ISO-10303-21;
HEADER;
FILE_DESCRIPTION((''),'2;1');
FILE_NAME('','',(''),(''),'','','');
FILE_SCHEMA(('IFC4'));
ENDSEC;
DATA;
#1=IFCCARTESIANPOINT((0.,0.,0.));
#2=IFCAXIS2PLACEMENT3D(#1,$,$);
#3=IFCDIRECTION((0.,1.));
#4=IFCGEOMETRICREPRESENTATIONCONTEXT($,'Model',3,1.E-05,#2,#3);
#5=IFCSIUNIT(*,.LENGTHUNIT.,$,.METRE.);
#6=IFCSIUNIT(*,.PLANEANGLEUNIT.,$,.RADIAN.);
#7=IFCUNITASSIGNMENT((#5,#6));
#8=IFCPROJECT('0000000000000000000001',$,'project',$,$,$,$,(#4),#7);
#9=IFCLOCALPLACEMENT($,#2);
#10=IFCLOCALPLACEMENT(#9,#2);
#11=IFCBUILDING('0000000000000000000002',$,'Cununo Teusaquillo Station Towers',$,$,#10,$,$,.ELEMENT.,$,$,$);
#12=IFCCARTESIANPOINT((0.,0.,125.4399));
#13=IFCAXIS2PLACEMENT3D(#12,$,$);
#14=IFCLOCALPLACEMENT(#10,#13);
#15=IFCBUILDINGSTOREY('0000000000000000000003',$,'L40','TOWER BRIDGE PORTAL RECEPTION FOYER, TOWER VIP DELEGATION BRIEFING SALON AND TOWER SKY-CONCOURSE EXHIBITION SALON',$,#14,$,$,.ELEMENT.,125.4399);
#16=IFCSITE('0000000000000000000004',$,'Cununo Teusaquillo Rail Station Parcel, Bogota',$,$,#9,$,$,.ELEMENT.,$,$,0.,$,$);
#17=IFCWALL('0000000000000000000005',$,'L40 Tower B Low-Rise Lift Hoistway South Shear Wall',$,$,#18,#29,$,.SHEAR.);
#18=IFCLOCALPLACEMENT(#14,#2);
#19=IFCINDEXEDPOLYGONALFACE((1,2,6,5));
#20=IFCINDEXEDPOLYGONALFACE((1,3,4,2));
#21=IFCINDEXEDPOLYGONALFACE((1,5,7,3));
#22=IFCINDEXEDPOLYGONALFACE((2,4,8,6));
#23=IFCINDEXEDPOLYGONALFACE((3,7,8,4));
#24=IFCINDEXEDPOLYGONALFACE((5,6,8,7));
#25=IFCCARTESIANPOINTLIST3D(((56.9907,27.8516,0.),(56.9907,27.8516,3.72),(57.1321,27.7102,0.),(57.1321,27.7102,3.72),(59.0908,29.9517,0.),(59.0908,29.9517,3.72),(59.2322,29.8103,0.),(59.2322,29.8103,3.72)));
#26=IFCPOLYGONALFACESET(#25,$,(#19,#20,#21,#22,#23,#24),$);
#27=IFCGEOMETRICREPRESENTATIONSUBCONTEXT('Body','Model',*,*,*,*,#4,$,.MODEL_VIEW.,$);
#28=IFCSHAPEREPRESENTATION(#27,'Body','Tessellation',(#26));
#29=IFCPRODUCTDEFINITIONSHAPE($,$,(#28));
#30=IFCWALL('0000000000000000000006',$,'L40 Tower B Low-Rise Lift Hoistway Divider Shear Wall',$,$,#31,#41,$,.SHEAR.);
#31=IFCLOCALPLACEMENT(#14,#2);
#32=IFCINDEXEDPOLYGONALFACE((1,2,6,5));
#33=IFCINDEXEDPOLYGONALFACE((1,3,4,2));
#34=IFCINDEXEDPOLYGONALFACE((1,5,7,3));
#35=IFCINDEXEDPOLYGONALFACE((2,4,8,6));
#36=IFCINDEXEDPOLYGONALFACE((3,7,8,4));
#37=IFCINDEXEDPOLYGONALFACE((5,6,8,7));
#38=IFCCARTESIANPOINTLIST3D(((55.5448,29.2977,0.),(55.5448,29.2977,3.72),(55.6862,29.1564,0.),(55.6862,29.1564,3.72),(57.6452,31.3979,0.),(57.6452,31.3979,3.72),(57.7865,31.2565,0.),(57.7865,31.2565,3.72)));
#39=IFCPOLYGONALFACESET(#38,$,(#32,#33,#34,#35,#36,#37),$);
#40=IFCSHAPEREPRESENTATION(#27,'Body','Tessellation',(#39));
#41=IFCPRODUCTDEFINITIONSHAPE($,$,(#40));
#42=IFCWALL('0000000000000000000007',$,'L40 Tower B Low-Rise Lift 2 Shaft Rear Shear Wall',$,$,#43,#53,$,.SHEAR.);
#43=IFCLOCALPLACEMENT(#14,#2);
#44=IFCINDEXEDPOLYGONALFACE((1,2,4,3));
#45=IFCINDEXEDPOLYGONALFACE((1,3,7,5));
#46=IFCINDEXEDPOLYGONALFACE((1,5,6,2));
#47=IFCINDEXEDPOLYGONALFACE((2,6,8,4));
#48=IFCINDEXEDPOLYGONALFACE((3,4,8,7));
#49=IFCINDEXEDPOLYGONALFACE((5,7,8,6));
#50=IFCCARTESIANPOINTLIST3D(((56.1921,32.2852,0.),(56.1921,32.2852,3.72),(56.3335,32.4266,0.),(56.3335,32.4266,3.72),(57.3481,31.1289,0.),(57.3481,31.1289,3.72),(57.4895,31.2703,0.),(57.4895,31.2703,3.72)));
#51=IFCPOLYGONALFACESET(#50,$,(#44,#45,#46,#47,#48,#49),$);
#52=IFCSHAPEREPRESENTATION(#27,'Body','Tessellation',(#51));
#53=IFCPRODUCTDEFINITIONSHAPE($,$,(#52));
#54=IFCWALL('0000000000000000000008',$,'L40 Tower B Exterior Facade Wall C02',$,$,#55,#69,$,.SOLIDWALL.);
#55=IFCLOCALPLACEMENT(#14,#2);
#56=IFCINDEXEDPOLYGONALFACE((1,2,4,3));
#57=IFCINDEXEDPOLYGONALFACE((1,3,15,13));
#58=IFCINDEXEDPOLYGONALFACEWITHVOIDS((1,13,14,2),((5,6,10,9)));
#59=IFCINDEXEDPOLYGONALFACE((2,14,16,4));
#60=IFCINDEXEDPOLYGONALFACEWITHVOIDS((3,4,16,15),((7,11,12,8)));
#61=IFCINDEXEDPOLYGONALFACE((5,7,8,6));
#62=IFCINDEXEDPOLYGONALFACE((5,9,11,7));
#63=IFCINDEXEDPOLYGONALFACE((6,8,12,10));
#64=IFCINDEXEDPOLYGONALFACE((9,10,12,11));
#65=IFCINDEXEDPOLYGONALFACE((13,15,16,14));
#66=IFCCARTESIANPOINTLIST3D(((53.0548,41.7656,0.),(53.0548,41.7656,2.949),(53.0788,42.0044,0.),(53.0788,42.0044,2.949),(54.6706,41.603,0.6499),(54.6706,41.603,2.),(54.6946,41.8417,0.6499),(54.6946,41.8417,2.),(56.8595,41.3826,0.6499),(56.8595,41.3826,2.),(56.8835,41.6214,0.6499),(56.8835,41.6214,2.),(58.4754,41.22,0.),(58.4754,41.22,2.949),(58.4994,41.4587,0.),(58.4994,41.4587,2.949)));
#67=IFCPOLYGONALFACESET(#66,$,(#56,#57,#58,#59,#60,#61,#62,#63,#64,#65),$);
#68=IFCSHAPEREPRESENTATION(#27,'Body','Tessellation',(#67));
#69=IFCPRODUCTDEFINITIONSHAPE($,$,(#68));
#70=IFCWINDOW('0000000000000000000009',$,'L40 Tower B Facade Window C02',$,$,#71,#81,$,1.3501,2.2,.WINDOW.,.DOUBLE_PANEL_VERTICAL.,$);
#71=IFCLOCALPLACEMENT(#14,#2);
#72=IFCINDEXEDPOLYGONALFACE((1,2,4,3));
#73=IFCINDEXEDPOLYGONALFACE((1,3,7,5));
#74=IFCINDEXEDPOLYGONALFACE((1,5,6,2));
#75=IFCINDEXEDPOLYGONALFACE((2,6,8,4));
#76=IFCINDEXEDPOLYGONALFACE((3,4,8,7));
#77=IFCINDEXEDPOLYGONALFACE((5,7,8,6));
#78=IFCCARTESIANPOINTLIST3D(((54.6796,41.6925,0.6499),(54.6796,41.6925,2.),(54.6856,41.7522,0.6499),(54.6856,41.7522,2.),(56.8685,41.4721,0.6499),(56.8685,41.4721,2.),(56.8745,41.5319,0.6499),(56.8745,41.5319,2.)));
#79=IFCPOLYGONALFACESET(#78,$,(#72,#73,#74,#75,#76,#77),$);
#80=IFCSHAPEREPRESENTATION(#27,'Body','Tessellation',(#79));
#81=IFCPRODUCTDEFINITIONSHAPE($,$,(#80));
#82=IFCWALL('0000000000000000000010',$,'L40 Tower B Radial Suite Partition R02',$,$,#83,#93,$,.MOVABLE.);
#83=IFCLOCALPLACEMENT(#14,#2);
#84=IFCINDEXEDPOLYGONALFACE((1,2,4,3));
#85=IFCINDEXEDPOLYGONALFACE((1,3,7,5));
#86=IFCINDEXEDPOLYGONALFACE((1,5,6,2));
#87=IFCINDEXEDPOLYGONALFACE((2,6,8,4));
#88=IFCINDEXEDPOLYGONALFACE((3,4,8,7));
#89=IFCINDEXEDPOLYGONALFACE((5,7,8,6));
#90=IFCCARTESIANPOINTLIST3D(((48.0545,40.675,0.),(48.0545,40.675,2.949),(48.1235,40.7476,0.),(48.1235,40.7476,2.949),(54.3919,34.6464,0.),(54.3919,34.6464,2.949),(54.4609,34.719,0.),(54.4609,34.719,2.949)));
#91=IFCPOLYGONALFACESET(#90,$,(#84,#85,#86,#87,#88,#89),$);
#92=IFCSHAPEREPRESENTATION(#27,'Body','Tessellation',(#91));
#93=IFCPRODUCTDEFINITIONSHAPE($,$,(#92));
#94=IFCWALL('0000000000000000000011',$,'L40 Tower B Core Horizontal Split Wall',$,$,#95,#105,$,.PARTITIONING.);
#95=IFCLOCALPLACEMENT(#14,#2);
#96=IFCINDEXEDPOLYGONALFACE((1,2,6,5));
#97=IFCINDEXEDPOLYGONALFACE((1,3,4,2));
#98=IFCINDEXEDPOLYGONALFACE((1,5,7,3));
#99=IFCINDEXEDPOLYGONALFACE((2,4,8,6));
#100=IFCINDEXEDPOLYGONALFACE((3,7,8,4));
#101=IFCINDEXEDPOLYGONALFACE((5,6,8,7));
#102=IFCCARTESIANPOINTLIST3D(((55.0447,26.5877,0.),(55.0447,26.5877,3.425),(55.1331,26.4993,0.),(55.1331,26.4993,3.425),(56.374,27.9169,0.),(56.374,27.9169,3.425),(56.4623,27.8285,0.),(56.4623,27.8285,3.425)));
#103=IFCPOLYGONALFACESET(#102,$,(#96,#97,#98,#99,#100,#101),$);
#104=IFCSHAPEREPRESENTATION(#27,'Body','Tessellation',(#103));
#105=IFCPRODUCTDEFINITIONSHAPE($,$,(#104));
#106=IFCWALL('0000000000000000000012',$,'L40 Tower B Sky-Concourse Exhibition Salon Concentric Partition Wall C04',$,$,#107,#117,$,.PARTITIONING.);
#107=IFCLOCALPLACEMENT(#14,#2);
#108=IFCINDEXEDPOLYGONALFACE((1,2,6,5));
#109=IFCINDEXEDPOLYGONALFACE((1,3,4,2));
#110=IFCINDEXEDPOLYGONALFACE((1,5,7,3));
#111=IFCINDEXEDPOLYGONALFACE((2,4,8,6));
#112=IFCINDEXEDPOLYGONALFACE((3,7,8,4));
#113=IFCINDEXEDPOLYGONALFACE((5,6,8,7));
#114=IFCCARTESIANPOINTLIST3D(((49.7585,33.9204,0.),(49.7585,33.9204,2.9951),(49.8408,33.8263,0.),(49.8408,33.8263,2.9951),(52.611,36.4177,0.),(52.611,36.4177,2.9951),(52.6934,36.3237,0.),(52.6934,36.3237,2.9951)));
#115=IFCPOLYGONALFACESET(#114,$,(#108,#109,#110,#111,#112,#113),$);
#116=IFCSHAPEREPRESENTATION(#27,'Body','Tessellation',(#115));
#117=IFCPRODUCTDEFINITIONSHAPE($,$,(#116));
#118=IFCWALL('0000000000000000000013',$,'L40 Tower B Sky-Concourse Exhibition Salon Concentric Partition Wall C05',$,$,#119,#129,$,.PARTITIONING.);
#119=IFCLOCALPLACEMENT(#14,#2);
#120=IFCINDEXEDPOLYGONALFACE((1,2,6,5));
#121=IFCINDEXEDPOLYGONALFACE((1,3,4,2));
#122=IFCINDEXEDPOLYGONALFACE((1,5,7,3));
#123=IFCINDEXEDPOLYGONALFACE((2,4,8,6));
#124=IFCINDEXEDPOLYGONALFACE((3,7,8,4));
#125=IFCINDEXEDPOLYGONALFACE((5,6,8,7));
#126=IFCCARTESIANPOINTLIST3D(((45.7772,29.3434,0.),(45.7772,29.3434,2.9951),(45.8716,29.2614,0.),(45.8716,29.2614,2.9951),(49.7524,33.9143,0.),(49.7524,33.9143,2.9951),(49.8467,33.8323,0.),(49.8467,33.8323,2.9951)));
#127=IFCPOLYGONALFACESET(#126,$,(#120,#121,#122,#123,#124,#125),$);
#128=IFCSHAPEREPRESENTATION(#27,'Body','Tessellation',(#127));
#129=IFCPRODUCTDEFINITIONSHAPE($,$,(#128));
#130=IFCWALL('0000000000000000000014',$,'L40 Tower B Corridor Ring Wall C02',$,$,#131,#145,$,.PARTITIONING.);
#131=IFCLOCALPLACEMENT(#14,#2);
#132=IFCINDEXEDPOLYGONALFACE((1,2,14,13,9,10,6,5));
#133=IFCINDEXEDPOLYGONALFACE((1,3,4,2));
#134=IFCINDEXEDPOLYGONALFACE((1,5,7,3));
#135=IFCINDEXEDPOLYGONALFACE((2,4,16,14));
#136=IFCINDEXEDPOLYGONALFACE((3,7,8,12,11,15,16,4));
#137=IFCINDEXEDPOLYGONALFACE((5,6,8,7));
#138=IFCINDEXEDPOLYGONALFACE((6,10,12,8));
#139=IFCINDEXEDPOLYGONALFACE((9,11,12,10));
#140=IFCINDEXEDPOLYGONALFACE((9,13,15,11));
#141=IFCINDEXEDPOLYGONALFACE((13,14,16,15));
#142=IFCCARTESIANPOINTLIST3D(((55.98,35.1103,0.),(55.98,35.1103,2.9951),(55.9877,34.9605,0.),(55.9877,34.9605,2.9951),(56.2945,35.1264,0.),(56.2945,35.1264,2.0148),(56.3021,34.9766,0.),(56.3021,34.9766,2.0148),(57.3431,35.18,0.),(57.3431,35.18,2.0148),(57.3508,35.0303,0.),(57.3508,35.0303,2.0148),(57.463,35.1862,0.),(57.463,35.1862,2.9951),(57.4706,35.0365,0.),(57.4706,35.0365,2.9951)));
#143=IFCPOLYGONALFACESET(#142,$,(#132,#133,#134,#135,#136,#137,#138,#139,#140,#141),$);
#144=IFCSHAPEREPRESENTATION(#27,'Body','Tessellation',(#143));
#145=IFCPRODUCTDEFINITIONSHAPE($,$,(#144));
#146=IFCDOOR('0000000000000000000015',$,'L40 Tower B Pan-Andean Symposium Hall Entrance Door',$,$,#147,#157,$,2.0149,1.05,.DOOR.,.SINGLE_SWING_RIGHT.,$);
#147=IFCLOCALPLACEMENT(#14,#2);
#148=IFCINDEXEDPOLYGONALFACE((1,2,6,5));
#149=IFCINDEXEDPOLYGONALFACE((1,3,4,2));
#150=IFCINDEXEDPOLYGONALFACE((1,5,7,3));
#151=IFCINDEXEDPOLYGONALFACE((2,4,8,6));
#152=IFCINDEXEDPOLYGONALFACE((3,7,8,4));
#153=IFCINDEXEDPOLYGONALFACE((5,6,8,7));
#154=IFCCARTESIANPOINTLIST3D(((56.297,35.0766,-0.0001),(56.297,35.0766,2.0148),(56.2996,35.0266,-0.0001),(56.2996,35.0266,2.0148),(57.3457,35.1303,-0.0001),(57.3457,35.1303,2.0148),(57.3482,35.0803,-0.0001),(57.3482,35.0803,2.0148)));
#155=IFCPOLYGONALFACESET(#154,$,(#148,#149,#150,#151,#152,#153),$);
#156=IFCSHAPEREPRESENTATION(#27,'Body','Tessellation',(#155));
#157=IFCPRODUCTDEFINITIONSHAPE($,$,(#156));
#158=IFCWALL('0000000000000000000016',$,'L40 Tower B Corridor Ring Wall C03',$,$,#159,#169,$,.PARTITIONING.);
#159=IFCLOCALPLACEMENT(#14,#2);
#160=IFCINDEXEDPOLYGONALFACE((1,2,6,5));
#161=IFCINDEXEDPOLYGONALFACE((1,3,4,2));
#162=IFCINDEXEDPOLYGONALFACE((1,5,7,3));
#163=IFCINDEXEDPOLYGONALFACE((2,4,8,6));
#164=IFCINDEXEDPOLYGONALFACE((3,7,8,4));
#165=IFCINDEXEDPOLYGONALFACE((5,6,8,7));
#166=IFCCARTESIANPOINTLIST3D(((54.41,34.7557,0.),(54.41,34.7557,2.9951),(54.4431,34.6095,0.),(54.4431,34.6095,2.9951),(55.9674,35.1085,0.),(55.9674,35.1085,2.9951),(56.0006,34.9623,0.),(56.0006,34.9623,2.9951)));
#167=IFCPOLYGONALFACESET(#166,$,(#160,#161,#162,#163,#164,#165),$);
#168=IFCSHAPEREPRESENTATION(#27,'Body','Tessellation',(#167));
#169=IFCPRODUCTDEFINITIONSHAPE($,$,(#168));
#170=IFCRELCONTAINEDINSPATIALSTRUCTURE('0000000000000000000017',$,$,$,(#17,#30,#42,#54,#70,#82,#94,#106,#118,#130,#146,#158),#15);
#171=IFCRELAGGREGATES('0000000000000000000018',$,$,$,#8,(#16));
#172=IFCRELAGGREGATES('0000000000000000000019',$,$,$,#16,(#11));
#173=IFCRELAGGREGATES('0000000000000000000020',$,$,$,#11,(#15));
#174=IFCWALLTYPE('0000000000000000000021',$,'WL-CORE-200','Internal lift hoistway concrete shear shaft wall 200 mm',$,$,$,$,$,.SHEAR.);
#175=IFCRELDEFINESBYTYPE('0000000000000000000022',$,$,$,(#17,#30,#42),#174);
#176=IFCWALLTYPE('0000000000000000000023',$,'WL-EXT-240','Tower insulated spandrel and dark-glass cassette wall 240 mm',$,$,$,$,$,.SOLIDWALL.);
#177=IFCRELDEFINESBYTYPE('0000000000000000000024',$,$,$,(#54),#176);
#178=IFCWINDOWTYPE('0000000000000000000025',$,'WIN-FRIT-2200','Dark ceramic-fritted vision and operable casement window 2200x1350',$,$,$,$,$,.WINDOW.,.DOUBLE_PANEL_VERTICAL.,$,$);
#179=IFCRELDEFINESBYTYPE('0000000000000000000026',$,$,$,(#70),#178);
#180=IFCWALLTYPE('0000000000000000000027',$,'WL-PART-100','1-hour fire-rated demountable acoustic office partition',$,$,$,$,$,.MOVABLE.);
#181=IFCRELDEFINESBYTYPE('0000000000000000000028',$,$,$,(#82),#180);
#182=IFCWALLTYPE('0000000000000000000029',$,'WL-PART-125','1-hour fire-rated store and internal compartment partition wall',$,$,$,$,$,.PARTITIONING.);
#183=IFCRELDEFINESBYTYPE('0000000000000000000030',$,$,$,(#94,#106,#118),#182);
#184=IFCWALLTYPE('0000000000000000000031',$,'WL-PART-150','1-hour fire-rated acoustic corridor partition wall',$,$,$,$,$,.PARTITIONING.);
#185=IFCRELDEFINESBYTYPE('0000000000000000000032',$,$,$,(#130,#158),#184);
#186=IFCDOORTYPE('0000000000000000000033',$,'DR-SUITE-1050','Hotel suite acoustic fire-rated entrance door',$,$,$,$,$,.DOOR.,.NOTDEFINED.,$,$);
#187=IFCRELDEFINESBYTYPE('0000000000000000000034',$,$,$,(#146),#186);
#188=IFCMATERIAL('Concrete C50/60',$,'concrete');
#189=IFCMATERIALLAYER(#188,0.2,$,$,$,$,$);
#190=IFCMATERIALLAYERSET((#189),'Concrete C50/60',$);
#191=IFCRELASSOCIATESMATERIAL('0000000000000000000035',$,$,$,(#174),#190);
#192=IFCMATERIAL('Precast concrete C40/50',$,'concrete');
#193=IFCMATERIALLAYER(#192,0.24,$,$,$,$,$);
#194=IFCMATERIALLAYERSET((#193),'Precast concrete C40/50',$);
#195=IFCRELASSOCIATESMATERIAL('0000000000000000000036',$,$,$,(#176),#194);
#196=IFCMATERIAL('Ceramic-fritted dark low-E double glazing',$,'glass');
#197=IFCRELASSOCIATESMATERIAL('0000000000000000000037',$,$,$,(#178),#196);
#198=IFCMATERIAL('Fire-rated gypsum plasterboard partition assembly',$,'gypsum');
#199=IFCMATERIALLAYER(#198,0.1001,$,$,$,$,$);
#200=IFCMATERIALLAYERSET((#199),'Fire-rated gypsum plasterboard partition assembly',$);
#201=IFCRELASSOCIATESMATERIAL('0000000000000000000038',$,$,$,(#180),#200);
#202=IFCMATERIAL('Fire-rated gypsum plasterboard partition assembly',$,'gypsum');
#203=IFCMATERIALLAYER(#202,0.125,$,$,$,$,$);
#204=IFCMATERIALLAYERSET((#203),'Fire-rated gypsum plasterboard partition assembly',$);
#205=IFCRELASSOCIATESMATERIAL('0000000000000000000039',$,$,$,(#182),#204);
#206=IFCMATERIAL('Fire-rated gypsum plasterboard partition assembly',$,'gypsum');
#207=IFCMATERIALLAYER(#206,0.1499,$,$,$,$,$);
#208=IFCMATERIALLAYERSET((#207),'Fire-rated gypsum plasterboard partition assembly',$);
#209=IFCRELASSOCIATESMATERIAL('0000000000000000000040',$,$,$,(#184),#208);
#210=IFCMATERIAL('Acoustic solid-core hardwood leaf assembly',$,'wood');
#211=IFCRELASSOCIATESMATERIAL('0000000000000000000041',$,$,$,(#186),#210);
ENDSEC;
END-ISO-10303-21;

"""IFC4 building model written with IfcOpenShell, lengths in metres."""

from ifc_helpers import new_model, si_unit, direction, frame, frame_2d, origin, place, context, subcontext, project, spatial, rectangle, extrude, source, transform, mapped, material, layer, layer_set, type_object, element, fill, save


model = new_model("IFC4")

# Units and contexts
model_context = context("Model", 3, precision=1e-05, world=origin(), true_north=direction((0.0, 1.0)))
body_context = subcontext(model_context, "Body", "Model", "MODEL_VIEW")
ifc_project = project(units=[si_unit("LENGTHUNIT", "METRE"), si_unit("PLANEANGLEUNIT", "RADIAN")], contexts=[model_context])

# Site, building, storey
site_placement = place(None, origin())
site = spatial("IfcSite", under=ifc_project, at=site_placement, Name="Cununo Teusaquillo Rail Station Parcel, Bogota", CompositionType="ELEMENT", RefElevation=0.0)
building_placement = place(site_placement, origin())
building = spatial("IfcBuilding", under=site, at=building_placement, Name="Cununo Teusaquillo Station Towers", CompositionType="ELEMENT")
storey_placement = place(building_placement, frame((0.0, 0.0, 125.4399)))
storey = spatial("IfcBuildingStorey", under=building, at=storey_placement, Name="L40", Description="TOWER BRIDGE PORTAL RECEPTION FOYER, TOWER VIP DELEGATION BRIEFING SALON AND TOWER SKY-CONCOURSE EXHIBITION SALON", CompositionType="ELEMENT", Elevation=125.4399)

# Walls
ifc_material_1 = material(Name="Concrete C50/60", Category="concrete")
ifc_layer_1 = layer(ifc_material_1, 0.2)
ifc_layer_set_1 = layer_set([ifc_layer_1], Name="Concrete C50/60")
wall_type_1 = type_object("IfcWallType", Name="WL-CORE-200", Description="Internal lift hoistway concrete shear shaft wall 200 mm", PredefinedType="SHEAR", material=ifc_layer_set_1)
wall_1_placement = place(storey_placement, frame((57.0615, 27.781, 0.0), z_axis=(0.0, 0.0, 1.0), x_axis=(0.707107, 0.707107, 0.0)))
element("IfcWall", 1, at=wall_1_placement, inside=storey, type_object=wall_type_1, Name="L40 Tower B Low-Rise Lift Hoistway South Shear Wall", PredefinedType="SHEAR", context=body_context, shape_type="SweptSolid", body=[
    extrude(rectangle(XDim=2.97, YDim=0.2, at=frame_2d((1.4849, 0.0))), origin(), (0.0, 0.0, 1.0), 3.72),
])
wall_2_placement = place(storey_placement, frame((55.6155, 29.2271, 0.0), z_axis=(0.0, 0.0, 1.0), x_axis=(0.707148, 0.707066, 0.0)))
element("IfcWall", 2, at=wall_2_placement, inside=storey, type_object=wall_type_1, Name="L40 Tower B Low-Rise Lift Hoistway Divider Shear Wall", PredefinedType="SHEAR", context=body_context, shape_type="SweptSolid", body=[
    extrude(rectangle(XDim=2.9702, YDim=0.2, at=frame_2d((1.4851, 0.0))), origin(), (0.0, 0.0, 1.0), 3.72),
])
wall_3_placement = place(storey_placement, frame((57.4187, 31.1997, 0.0), z_axis=(0.0, 0.0, 1.0), x_axis=(-0.707032, 0.707181, 0.0)))
element("IfcWall", 3, at=wall_3_placement, inside=storey, type_object=wall_type_1, Name="L40 Tower B Low-Rise Lift 2 Shaft Rear Shear Wall", PredefinedType="SHEAR", context=body_context, shape_type="SweptSolid", body=[
    extrude(rectangle(XDim=1.635, YDim=0.2, at=frame_2d((0.8174, 0.0))), origin(), (0.0, 0.0, 1.0), 3.72),
])

# Wall, opening, window
ifc_material_2 = material(Name="Precast concrete C40/50", Category="concrete")
ifc_layer_2 = layer(ifc_material_2, 0.24)
ifc_layer_set_2 = layer_set([ifc_layer_2], Name="Precast concrete C40/50")
wall_type_2 = type_object("IfcWallType", Name="WL-EXT-240", Description="Tower insulated spandrel and dark-glass cassette wall 240 mm", PredefinedType="SOLIDWALL", material=ifc_layer_set_2)
wall_4_placement = place(storey_placement, frame((53.0667, 41.885, 0.0), z_axis=(0.0, 0.0, 1.0), x_axis=(0.994972, -0.100156, 0.0)))
wall_4 = element("IfcWall", 4, at=wall_4_placement, inside=storey, type_object=wall_type_2, Name="L40 Tower B Exterior Facade Wall C02", PredefinedType="SOLIDWALL", context=body_context, shape_type="SweptSolid", body=[
    extrude(rectangle(XDim=5.448, YDim=0.24, at=frame_2d((2.7241, 0.0))), origin(), (0.0, 0.0, 1.0), 2.949),
])
shared_shape_1 = source(origin(), body_context, "Body", "SweptSolid", [
    extrude(rectangle(XDim=2.2, YDim=1.3501, at=frame_2d((1.1001, 0.675))), frame((0.0, 0.1299, 0.0), z_axis=(0.0, -1.0, 0.0), x_axis=(1.0, 0.0, 0.0)), (0.0, 0.0, 1.0), 0.26),
])
opening_1_placement = place(wall_4_placement, frame((1.624, 0.0, 0.6499)))
opening_1 = element("IfcOpeningElement", 5, at=opening_1_placement, cuts=wall_4, PredefinedType="OPENING", context=body_context, shape_type="MappedRepresentation", body=[
    mapped(shared_shape_1, transform((0.0, 0.0, 0.0), x_axis=(1.0, 0.0, 0.0), y_axis=(0.0, 1.0, 0.0), z_axis=(0.0, 0.0, 1.0), scale=1.0)),
])
ifc_material_3 = material(Name="Ceramic-fritted dark low-E double glazing", Category="glass")
window_type = type_object("IfcWindowType", Name="WIN-FRIT-2200", Description="Dark ceramic-fritted vision and operable casement window 2200x1350", PartitioningType="DOUBLE_PANEL_VERTICAL", PredefinedType="WINDOW", material=ifc_material_3)
shared_shape_2 = source(origin(), body_context, "Body", "SweptSolid", [
    extrude(rectangle(XDim=2.2, YDim=1.3501, at=frame_2d((1.1001, 0.675))), frame((0.0, 0.03, 0.0), z_axis=(0.0, -1.0, 0.0), x_axis=(1.0, 0.0, 0.0)), (0.0, 0.0, 1.0), 0.0601),
])
window_placement = place(opening_1_placement, origin())
window = element("IfcWindow", 6, at=window_placement, inside=storey, type_object=window_type, Name="L40 Tower B Facade Window C02", OverallHeight=1.3501, OverallWidth=2.2, PartitioningType="DOUBLE_PANEL_VERTICAL", PredefinedType="WINDOW", context=body_context, shape_type="MappedRepresentation", body=[
    mapped(shared_shape_2, transform((0.0, 0.0, 0.0), x_axis=(1.0, 0.0, 0.0), y_axis=(0.0, 1.0, 0.0), z_axis=(0.0, 0.0, 1.0), scale=1.0)),
])
fill(opening_1, window)

# Walls
ifc_material_4 = material(Name="Fire-rated gypsum plasterboard partition assembly", Category="gypsum")
ifc_layer_3 = layer(ifc_material_4, 0.1001)
ifc_layer_set_3 = layer_set([ifc_layer_3], Name="Fire-rated gypsum plasterboard partition assembly")
wall_type_3 = type_object("IfcWallType", Name="WL-PART-100", Description="1-hour fire-rated demountable acoustic office partition", PredefinedType="MOVABLE", material=ifc_layer_set_3)
wall_5_placement = place(storey_placement, frame((54.4265, 34.6826, 0.0), z_axis=(0.0, 0.0, 1.0), x_axis=(-0.724541, 0.689232, 0.0)))
element("IfcWall", 7, at=wall_5_placement, inside=storey, type_object=wall_type_3, Name="L40 Tower B Radial Suite Partition R02", PredefinedType="MOVABLE", context=body_context, shape_type="SweptSolid", body=[
    extrude(rectangle(XDim=8.7468, YDim=0.1001, at=frame_2d((4.3735, 0.0))), origin(), (0.0, 0.0, 1.0), 2.949),
])
ifc_material_5 = material(Name="Fire-rated gypsum plasterboard partition assembly", Category="gypsum")
ifc_layer_4 = layer(ifc_material_5, 0.125)
ifc_layer_set_4 = layer_set([ifc_layer_4], Name="Fire-rated gypsum plasterboard partition assembly")
wall_type_4 = type_object("IfcWallType", Name="WL-PART-125", Description="1-hour fire-rated store and internal compartment partition wall", PredefinedType="PARTITIONING", material=ifc_layer_set_4)
wall_6_placement = place(storey_placement, frame((55.0889, 26.5435, 0.0), z_axis=(0.0, 0.0, 1.0), x_axis=(0.707107, 0.707107, 0.0)))
element("IfcWall", 8, at=wall_6_placement, inside=storey, type_object=wall_type_4, Name="L40 Tower B Core Horizontal Split Wall", PredefinedType="PARTITIONING", context=body_context, shape_type="SweptSolid", body=[
    extrude(rectangle(XDim=1.8799, YDim=0.125, at=frame_2d((0.9399, 0.0))), origin(), (0.0, 0.0, 1.0), 3.425),
])
wall_7_placement = place(storey_placement, frame((52.6521, 36.3706, 0.0), z_axis=(0.0, 0.0, 1.0), x_axis=(-0.752401, -0.658705, 0.0)))
element("IfcWall", 9, at=wall_7_placement, inside=storey, type_object=wall_type_4, Name="L40 Tower B Sky-Concourse Exhibition Salon Concentric Partition Wall C04", PredefinedType="PARTITIONING", context=body_context, shape_type="SweptSolid", body=[
    extrude(rectangle(XDim=3.7913, YDim=0.125, at=frame_2d((1.8955, 0.0))), origin(), (0.0, 0.0, 1.0), 2.9951),
])
wall_8_placement = place(storey_placement, frame((49.7996, 33.8733, 0.0), z_axis=(0.0, 0.0, 1.0), x_axis=(-0.656225, -0.754566, 0.0)))
element("IfcWall", 10, at=wall_8_placement, inside=storey, type_object=wall_type_4, Name="L40 Tower B Sky-Concourse Exhibition Salon Concentric Partition Wall C05", PredefinedType="PARTITIONING", context=body_context, shape_type="SweptSolid", body=[
    extrude(rectangle(XDim=6.0576, YDim=0.125, at=frame_2d((3.0288, 0.0))), origin(), (0.0, 0.0, 1.0), 2.9951),
])

# Wall, opening, door
ifc_material_6 = material(Name="Fire-rated gypsum plasterboard partition assembly", Category="gypsum")
ifc_layer_5 = layer(ifc_material_6, 0.1499)
ifc_layer_set_5 = layer_set([ifc_layer_5], Name="Fire-rated gypsum plasterboard partition assembly")
wall_type_5 = type_object("IfcWallType", Name="WL-PART-150", Description="1-hour fire-rated acoustic corridor partition wall", PredefinedType="PARTITIONING", material=ifc_layer_set_5)
wall_9_placement = place(storey_placement, frame((57.4668, 35.1113, 0.0), z_axis=(0.0, 0.0, 1.0), x_axis=(-0.998692, -0.051135, 0.0)))
wall_9 = element("IfcWall", 11, at=wall_9_placement, inside=storey, type_object=wall_type_5, Name="L40 Tower B Corridor Ring Wall C02", PredefinedType="PARTITIONING", context=body_context, shape_type="SweptSolid", body=[
    extrude(rectangle(XDim=1.4849, YDim=0.1499, at=frame_2d((0.7424, 0.0))), origin(), (0.0, 0.0, 1.0), 2.9951),
])
shared_shape_3 = source(origin(), body_context, "Body", "SweptSolid", [
    extrude(rectangle(XDim=1.05, YDim=2.0149, at=frame_2d((0.5249, 1.0073))), frame((0.0, 0.085, 0.0), z_axis=(0.0, -1.0, 0.0), x_axis=(1.0, 0.0, 0.0)), (0.0, 0.0, 1.0), 0.1699),
])
opening_2_placement = place(wall_9_placement, frame((0.1201, 0.0, 0.0)))
opening_2 = element("IfcOpeningElement", 12, at=opening_2_placement, cuts=wall_9, PredefinedType="OPENING", context=body_context, shape_type="MappedRepresentation", body=[
    mapped(shared_shape_3, transform((0.0, 0.0, 0.0), x_axis=(1.0, 0.0, 0.0), y_axis=(0.0, 1.0, 0.0), z_axis=(0.0, 0.0, 1.0), scale=1.0)),
])
ifc_material_7 = material(Name="Acoustic solid-core hardwood leaf assembly", Category="wood")
door_type_1 = type_object("IfcDoorType", Name="DR-SUITE-1050", Description="Hotel suite acoustic fire-rated entrance door", OperationType="NOTDEFINED", PredefinedType="DOOR", material=ifc_material_7)
shared_shape_4 = source(origin(), body_context, "Body", "SweptSolid", [
    extrude(rectangle(XDim=1.05, YDim=2.0149, at=frame_2d((0.5249, 1.0073))), frame((0.0, 0.0249, 0.0), z_axis=(0.0, -1.0, 0.0), x_axis=(1.0, 0.0, 0.0)), (0.0, 0.0, 1.0), 0.05),
])
door_1_placement = place(opening_2_placement, origin())
door_1 = element("IfcDoor", 13, at=door_1_placement, inside=storey, type_object=door_type_1, Name="L40 Tower B Pan-Andean Symposium Hall Entrance Door", OperationType="SINGLE_SWING_RIGHT", OverallHeight=2.0149, OverallWidth=1.05, PredefinedType="DOOR", context=body_context, shape_type="MappedRepresentation", body=[
    mapped(shared_shape_4, transform((0.0, 0.0, 0.0), x_axis=(1.0, 0.0, 0.0), y_axis=(0.0, 1.0, 0.0), z_axis=(0.0, 0.0, 1.0), scale=1.0)),
])
fill(opening_2, door_1)

# Wall
wall_10_placement = place(storey_placement, frame((55.9839, 35.0354, 0.0), z_axis=(0.0, 0.0, 1.0), x_axis=(-0.97529, -0.220927, 0.0)))
element("IfcWall", 14, at=wall_10_placement, inside=storey, type_object=wall_type_5, Name="L40 Tower B Corridor Ring Wall C03", PredefinedType="PARTITIONING", context=body_context, shape_type="SweptSolid", body=[
    extrude(rectangle(XDim=1.5969, YDim=0.1499, at=frame_2d((0.7983, 0.0))), origin(), (0.0, 0.0, 1.0), 2.9951),
])

save(model, "model.ifc")
